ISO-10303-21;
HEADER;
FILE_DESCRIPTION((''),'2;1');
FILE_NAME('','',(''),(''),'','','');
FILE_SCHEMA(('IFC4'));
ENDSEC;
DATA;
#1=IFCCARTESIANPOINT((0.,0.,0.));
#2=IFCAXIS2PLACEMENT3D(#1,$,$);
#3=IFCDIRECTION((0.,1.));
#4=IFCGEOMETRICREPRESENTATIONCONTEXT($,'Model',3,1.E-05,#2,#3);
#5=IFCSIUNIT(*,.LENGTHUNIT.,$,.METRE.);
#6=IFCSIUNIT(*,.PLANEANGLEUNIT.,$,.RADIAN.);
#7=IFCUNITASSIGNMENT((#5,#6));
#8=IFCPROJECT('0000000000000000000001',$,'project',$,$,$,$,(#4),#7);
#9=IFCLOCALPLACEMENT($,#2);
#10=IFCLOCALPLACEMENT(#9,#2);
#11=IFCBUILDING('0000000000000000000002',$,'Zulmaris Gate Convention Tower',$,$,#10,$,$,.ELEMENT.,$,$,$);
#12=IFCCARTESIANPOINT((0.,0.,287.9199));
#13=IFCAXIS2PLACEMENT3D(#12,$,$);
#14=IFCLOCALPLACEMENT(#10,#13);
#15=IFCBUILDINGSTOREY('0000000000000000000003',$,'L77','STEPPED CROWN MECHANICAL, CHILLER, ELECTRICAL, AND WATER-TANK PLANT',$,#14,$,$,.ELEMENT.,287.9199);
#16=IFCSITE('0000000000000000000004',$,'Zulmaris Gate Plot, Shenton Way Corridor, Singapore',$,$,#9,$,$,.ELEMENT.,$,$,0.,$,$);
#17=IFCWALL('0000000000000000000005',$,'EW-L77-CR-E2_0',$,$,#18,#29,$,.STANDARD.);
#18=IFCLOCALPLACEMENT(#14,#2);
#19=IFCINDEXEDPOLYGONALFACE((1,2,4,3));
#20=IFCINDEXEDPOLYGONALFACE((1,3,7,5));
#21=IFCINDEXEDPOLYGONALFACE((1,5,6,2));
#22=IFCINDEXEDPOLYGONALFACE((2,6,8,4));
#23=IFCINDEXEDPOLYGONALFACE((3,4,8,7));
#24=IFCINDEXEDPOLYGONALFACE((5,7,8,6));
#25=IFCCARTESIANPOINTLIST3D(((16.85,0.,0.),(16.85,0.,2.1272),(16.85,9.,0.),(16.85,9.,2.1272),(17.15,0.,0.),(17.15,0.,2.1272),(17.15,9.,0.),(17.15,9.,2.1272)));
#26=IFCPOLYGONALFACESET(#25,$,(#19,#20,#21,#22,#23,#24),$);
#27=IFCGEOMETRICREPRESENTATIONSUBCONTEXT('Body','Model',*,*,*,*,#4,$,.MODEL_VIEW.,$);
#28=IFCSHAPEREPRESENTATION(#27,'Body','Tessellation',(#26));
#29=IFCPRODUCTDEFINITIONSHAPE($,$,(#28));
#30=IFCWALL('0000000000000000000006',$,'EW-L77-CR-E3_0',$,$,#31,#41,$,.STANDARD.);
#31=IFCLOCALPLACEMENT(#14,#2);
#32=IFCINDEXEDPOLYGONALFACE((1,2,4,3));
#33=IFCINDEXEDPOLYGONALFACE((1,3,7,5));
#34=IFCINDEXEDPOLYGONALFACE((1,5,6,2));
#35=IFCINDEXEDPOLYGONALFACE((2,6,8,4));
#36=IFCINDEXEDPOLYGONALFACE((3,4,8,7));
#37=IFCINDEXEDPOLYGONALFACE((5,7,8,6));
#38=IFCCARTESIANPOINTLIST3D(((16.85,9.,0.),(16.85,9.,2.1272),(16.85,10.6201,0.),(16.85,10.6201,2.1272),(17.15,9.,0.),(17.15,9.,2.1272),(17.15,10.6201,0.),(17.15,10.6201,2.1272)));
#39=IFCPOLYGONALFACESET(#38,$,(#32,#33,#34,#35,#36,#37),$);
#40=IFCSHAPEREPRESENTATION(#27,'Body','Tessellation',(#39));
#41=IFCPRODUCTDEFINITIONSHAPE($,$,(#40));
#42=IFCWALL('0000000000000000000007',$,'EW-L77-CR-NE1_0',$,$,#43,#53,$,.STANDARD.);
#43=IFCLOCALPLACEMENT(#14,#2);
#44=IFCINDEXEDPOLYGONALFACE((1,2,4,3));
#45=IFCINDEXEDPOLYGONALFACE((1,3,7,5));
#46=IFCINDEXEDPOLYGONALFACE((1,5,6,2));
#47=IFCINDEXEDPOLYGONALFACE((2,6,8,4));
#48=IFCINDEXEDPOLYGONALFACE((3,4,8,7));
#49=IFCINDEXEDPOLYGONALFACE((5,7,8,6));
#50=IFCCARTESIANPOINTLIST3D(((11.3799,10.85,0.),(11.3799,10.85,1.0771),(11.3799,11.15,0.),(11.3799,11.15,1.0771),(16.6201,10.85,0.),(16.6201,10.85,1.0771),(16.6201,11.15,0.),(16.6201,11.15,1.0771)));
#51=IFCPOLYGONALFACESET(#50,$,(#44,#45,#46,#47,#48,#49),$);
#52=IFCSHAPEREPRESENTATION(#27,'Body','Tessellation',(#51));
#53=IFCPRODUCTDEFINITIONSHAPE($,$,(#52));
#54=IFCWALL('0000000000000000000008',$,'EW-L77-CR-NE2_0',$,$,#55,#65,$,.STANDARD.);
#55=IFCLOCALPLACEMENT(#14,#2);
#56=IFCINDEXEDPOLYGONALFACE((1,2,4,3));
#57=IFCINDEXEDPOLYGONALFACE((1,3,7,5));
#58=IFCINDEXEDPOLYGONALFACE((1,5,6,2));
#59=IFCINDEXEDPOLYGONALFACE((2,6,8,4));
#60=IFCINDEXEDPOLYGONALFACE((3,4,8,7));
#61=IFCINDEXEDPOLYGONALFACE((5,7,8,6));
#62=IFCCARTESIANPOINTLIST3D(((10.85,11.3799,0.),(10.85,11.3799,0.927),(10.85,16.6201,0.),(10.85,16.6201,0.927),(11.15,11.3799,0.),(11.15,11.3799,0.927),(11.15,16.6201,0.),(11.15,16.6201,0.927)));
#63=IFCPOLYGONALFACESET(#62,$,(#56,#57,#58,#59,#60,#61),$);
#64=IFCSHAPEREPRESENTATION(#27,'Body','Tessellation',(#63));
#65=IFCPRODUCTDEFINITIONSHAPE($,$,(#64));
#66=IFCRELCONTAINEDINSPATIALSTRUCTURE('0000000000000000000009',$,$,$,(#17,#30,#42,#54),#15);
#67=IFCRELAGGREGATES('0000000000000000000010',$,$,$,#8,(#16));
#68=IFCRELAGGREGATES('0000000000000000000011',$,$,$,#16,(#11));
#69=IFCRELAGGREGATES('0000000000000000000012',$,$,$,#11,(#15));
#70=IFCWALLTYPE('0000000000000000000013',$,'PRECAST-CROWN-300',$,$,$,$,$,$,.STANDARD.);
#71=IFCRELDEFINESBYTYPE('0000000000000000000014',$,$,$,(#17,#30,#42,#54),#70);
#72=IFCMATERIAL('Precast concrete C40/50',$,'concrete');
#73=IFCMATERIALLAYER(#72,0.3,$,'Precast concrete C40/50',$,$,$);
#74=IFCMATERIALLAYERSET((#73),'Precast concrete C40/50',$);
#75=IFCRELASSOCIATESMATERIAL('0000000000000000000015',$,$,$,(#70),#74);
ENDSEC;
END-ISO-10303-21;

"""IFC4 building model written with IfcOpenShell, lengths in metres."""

from ifc_helpers import new_model, si_unit, direction, frame, frame_2d, origin, place, context, subcontext, project, spatial, rectangle, extrude, material, layer, layer_set, type_object, element, save


model = new_model("IFC4")

# Units and contexts
model_context = context("Model", 3, precision=1e-05, world=origin(), true_north=direction((0.0, 1.0)))
body_context = subcontext(model_context, "Body", "Model", "MODEL_VIEW")
ifc_project = project(units=[si_unit("LENGTHUNIT", "METRE"), si_unit("PLANEANGLEUNIT", "RADIAN")], contexts=[model_context])

# Site, building, storey
site_placement = place(None, origin())
site = spatial("IfcSite", under=ifc_project, at=site_placement, Name="Zulmaris Gate Plot, Shenton Way Corridor, Singapore", CompositionType="ELEMENT", RefElevation=0.0)
building_placement = place(site_placement, origin())
building = spatial("IfcBuilding", under=site, at=building_placement, Name="Zulmaris Gate Convention Tower", CompositionType="ELEMENT")
storey_placement = place(building_placement, frame((0.0, 0.0, 287.9199)))
storey = spatial("IfcBuildingStorey", under=building, at=storey_placement, Name="L77", Description="STEPPED CROWN MECHANICAL, CHILLER, ELECTRICAL, AND WATER-TANK PLANT", CompositionType="ELEMENT", Elevation=287.9199)

# Walls
ifc_material_1 = material(Name="Precast concrete C40/50", Category="concrete")
ifc_layer_1 = layer(ifc_material_1, 0.3, Name="Precast concrete C40/50")
ifc_layer_set_1 = layer_set([ifc_layer_1], Name="Precast concrete C40/50")
wall_type_1 = type_object("IfcWallType", Name="PRECAST-CROWN-300", PredefinedType="STANDARD", material=ifc_layer_set_1)
wall_1_placement = place(storey_placement, frame((17.0, 0.0, 0.0), z_axis=(0.0, 0.0, 1.0), x_axis=(0.0, 1.0, 0.0)))
element("IfcWall", 1, at=wall_1_placement, inside=storey, type_object=wall_type_1, Name="EW-L77-CR-E2_0", PredefinedType="STANDARD", context=body_context, shape_type="SweptSolid", body=[
    extrude(rectangle(XDim=9.0, YDim=0.3, at=frame_2d((4.5, 0.0))), origin(), (0.0, 0.0, 1.0), 2.1272),
])
wall_2_placement = place(storey_placement, frame((17.0, 9.0, 0.0), z_axis=(0.0, 0.0, 1.0), x_axis=(0.0, 1.0, 0.0)))
element("IfcWall", 2, at=wall_2_placement, inside=storey, type_object=wall_type_1, Name="EW-L77-CR-E3_0", PredefinedType="STANDARD", context=body_context, shape_type="SweptSolid", body=[
    extrude(rectangle(XDim=1.6201, YDim=0.3, at=frame_2d((0.8101, 0.0))), origin(), (0.0, 0.0, 1.0), 2.1272),
])
wall_3_placement = place(storey_placement, frame((16.6201, 11.0, 0.0), z_axis=(0.0, 0.0, 1.0), x_axis=(-1.0, 0.0, 0.0)))
element("IfcWall", 3, at=wall_3_placement, inside=storey, type_object=wall_type_1, Name="EW-L77-CR-NE1_0", PredefinedType="STANDARD", context=body_context, shape_type="SweptSolid", body=[
    extrude(rectangle(XDim=5.2402, YDim=0.3, at=frame_2d((2.6201, 0.0))), origin(), (0.0, 0.0, 1.0), 1.0771),
])
wall_4_placement = place(storey_placement, frame((11.0, 11.3799, 0.0), z_axis=(0.0, 0.0, 1.0), x_axis=(0.0, 1.0, 0.0)))
element("IfcWall", 4, at=wall_4_placement, inside=storey, type_object=wall_type_1, Name="EW-L77-CR-NE2_0", PredefinedType="STANDARD", context=body_context, shape_type="SweptSolid", body=[
    extrude(rectangle(XDim=5.2402, YDim=0.3, at=frame_2d((2.6201, 0.0))), origin(), (0.0, 0.0, 1.0), 0.927),
])

save(model, "model.ifc")
